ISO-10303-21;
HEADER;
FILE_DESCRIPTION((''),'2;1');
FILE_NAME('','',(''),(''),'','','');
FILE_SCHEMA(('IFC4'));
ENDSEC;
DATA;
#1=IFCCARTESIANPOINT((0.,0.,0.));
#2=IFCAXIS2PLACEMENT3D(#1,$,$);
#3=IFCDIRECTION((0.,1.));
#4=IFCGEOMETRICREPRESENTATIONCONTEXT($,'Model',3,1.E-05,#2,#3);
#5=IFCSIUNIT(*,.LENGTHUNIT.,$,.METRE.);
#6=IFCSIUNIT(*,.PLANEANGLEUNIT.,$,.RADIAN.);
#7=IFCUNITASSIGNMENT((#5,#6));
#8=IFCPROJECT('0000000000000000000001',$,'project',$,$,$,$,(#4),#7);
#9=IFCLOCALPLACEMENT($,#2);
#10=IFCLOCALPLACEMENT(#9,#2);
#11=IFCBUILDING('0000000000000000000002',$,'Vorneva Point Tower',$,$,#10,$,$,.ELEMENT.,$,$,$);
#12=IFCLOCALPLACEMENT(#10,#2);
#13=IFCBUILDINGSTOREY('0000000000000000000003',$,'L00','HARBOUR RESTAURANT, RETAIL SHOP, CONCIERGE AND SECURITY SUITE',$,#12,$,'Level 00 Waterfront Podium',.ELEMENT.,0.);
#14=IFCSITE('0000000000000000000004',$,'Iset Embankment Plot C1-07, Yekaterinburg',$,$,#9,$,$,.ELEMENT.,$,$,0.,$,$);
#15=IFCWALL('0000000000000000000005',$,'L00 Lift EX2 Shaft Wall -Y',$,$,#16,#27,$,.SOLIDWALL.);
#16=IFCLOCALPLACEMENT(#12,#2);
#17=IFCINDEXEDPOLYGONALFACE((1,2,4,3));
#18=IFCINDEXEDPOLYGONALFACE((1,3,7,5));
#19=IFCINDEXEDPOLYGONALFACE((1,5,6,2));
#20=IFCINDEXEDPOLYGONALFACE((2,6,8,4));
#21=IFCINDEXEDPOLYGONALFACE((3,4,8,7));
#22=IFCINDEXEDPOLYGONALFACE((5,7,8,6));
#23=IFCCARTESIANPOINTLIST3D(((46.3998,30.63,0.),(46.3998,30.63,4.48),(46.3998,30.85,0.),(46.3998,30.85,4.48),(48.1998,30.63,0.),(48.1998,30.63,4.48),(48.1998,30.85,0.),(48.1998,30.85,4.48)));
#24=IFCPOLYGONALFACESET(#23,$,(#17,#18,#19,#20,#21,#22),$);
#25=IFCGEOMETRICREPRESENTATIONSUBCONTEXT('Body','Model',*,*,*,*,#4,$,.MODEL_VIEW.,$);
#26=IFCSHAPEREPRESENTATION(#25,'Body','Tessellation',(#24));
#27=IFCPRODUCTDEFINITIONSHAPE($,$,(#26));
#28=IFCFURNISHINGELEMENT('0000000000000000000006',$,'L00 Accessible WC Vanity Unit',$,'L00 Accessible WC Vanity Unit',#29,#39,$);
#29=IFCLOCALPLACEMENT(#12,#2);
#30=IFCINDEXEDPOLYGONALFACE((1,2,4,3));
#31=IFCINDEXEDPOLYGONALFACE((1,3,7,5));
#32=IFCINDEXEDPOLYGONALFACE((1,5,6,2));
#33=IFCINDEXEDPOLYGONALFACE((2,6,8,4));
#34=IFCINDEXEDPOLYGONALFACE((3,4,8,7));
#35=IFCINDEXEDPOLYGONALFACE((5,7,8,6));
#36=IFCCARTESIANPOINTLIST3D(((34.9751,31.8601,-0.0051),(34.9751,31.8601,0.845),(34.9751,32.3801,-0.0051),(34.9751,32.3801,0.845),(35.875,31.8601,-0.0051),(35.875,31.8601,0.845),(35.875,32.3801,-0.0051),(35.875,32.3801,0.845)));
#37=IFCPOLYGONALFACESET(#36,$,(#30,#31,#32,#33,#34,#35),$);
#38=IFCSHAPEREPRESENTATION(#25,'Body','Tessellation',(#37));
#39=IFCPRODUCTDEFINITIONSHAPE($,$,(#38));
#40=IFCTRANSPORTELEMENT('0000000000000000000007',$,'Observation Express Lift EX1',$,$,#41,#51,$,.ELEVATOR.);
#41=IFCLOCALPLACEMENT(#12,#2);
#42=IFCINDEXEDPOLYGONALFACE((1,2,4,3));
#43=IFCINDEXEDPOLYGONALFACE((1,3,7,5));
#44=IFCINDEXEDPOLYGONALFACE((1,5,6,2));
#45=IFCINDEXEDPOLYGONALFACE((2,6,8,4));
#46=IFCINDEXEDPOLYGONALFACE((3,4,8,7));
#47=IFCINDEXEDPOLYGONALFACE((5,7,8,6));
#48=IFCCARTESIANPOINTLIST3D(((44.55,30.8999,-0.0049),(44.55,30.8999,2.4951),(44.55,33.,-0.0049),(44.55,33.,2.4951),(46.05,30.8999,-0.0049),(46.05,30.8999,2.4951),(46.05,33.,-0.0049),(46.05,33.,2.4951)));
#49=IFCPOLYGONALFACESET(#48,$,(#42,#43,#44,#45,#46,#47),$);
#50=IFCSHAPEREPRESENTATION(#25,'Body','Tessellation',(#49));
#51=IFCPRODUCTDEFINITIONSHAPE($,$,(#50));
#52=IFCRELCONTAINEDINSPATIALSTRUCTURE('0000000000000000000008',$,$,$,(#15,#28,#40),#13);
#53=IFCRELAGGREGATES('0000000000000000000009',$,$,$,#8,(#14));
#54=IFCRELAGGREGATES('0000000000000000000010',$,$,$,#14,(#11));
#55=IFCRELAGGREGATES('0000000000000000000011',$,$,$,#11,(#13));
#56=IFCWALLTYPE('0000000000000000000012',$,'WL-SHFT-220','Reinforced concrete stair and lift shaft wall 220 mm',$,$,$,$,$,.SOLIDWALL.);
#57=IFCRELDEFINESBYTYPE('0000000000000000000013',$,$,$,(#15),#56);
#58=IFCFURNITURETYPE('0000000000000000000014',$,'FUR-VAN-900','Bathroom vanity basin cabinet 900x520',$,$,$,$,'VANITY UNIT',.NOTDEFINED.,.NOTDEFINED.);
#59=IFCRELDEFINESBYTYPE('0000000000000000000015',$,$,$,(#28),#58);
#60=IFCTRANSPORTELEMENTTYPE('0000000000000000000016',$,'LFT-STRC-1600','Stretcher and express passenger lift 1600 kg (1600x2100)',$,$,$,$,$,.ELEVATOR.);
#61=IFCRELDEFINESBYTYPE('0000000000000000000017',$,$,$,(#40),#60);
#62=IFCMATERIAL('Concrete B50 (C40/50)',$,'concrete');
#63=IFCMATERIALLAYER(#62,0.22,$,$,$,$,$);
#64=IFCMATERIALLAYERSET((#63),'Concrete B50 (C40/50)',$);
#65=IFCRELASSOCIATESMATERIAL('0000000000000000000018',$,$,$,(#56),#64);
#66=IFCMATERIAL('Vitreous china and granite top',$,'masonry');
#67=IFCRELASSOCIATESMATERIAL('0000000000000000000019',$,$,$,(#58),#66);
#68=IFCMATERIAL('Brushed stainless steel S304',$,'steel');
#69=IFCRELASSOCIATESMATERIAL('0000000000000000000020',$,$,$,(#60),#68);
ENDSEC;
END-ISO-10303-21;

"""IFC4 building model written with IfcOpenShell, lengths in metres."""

from ifc_helpers import new_model, si_unit, direction, frame, frame_2d, origin, origin_2d, place, context, subcontext, project, spatial, rectangle, extrude, material, layer, layer_set, type_object, element, save


model = new_model("IFC4")

# Units and contexts
model_context = context("Model", 3, precision=1e-05, world=origin(), true_north=direction((0.0, 1.0)))
body_context = subcontext(model_context, "Body", "Model", "MODEL_VIEW")
ifc_project = project(units=[si_unit("LENGTHUNIT", "METRE"), si_unit("PLANEANGLEUNIT", "RADIAN")], contexts=[model_context])

# Site, building, storey
site_placement = place(None, origin())
site = spatial("IfcSite", under=ifc_project, at=site_placement, Name="Iset Embankment Plot C1-07, Yekaterinburg", CompositionType="ELEMENT", RefElevation=0.0)
building_placement = place(site_placement, origin())
building = spatial("IfcBuilding", under=site, at=building_placement, Name="Vorneva Point Tower", CompositionType="ELEMENT")
storey_placement = place(building_placement, origin())
storey = spatial("IfcBuildingStorey", under=building, at=storey_placement, Name="L00", Description="HARBOUR RESTAURANT, RETAIL SHOP, CONCIERGE AND SECURITY SUITE", LongName="Level 00 Waterfront Podium", CompositionType="ELEMENT", Elevation=0.0)

# Shared definitions
ifc_material_1 = material(Name="Concrete B50 (C40/50)", Category="concrete")
ifc_layer_1 = layer(ifc_material_1, 0.22)
ifc_layer_set_1 = layer_set([ifc_layer_1], Name="Concrete B50 (C40/50)")
wall_type_1 = type_object("IfcWallType", Name="WL-SHFT-220", Description="Reinforced concrete stair and lift shaft wall 220 mm", PredefinedType="SOLIDWALL", material=ifc_layer_set_1)

# Shared definitions
ifc_material_2 = material(Name="Brushed stainless steel S304", Category="steel")

# Wall
wall_1_placement = place(storey_placement, frame((46.3999, 30.74, 0.0), z_axis=(0.0, 0.0, 1.0), x_axis=(1.0, 0.0, 0.0)))
element("IfcWall", 1, at=wall_1_placement, inside=storey, type_object=wall_type_1, Name="L00 Lift EX2 Shaft Wall -Y", PredefinedType="SOLIDWALL", context=body_context, shape_type="SweptSolid", body=[
    extrude(rectangle(XDim=1.8, YDim=0.22, at=frame_2d((0.8999, 0.0))), origin(), (0.0, 0.0, 1.0), 4.48),
])

# Furnishing element
ifc_material_3 = material(Name="Vitreous china and granite top", Category="masonry")
furniture_type = type_object("IfcFurnitureType", Name="FUR-VAN-900", Description="Bathroom vanity basin cabinet 900x520", ElementType="VANITY UNIT", AssemblyPlace="NOTDEFINED", PredefinedType="NOTDEFINED", material=ifc_material_3)
furnishing_placement = place(storey_placement, frame((35.425, 32.1201, -0.0051), z_axis=(0.0, 0.0, 1.0), x_axis=(1.0, 0.0, 0.0)))
element("IfcFurnishingElement", 2, at=furnishing_placement, inside=storey, type_object=furniture_type, Name="L00 Accessible WC Vanity Unit", ObjectType="L00 Accessible WC Vanity Unit", context=body_context, shape_type="SweptSolid", body=[
    extrude(rectangle(XDim=0.8999, YDim=0.52, at=origin_2d()), origin(), (0.0, 0.0, 1.0), 0.8501),
])

# Transport element
transport_element_type = type_object("IfcTransportElementType", Name="LFT-STRC-1600", Description="Stretcher and express passenger lift 1600 kg (1600x2100)", PredefinedType="ELEVATOR", material=ifc_material_2)
transport_element_placement = place(storey_placement, frame((45.3, 31.95, -0.0049), z_axis=(0.0, 0.0, 1.0), x_axis=(1.0, 0.0, 0.0)))
element("IfcTransportElement", 3, at=transport_element_placement, inside=storey, type_object=transport_element_type, Name="Observation Express Lift EX1", PredefinedType="ELEVATOR", context=body_context, shape_type="SweptSolid", body=[
    extrude(rectangle(XDim=1.5, YDim=2.1001, at=origin_2d()), origin(), (0.0, 0.0, 1.0), 2.5),
])

save(model, "model.ifc")
